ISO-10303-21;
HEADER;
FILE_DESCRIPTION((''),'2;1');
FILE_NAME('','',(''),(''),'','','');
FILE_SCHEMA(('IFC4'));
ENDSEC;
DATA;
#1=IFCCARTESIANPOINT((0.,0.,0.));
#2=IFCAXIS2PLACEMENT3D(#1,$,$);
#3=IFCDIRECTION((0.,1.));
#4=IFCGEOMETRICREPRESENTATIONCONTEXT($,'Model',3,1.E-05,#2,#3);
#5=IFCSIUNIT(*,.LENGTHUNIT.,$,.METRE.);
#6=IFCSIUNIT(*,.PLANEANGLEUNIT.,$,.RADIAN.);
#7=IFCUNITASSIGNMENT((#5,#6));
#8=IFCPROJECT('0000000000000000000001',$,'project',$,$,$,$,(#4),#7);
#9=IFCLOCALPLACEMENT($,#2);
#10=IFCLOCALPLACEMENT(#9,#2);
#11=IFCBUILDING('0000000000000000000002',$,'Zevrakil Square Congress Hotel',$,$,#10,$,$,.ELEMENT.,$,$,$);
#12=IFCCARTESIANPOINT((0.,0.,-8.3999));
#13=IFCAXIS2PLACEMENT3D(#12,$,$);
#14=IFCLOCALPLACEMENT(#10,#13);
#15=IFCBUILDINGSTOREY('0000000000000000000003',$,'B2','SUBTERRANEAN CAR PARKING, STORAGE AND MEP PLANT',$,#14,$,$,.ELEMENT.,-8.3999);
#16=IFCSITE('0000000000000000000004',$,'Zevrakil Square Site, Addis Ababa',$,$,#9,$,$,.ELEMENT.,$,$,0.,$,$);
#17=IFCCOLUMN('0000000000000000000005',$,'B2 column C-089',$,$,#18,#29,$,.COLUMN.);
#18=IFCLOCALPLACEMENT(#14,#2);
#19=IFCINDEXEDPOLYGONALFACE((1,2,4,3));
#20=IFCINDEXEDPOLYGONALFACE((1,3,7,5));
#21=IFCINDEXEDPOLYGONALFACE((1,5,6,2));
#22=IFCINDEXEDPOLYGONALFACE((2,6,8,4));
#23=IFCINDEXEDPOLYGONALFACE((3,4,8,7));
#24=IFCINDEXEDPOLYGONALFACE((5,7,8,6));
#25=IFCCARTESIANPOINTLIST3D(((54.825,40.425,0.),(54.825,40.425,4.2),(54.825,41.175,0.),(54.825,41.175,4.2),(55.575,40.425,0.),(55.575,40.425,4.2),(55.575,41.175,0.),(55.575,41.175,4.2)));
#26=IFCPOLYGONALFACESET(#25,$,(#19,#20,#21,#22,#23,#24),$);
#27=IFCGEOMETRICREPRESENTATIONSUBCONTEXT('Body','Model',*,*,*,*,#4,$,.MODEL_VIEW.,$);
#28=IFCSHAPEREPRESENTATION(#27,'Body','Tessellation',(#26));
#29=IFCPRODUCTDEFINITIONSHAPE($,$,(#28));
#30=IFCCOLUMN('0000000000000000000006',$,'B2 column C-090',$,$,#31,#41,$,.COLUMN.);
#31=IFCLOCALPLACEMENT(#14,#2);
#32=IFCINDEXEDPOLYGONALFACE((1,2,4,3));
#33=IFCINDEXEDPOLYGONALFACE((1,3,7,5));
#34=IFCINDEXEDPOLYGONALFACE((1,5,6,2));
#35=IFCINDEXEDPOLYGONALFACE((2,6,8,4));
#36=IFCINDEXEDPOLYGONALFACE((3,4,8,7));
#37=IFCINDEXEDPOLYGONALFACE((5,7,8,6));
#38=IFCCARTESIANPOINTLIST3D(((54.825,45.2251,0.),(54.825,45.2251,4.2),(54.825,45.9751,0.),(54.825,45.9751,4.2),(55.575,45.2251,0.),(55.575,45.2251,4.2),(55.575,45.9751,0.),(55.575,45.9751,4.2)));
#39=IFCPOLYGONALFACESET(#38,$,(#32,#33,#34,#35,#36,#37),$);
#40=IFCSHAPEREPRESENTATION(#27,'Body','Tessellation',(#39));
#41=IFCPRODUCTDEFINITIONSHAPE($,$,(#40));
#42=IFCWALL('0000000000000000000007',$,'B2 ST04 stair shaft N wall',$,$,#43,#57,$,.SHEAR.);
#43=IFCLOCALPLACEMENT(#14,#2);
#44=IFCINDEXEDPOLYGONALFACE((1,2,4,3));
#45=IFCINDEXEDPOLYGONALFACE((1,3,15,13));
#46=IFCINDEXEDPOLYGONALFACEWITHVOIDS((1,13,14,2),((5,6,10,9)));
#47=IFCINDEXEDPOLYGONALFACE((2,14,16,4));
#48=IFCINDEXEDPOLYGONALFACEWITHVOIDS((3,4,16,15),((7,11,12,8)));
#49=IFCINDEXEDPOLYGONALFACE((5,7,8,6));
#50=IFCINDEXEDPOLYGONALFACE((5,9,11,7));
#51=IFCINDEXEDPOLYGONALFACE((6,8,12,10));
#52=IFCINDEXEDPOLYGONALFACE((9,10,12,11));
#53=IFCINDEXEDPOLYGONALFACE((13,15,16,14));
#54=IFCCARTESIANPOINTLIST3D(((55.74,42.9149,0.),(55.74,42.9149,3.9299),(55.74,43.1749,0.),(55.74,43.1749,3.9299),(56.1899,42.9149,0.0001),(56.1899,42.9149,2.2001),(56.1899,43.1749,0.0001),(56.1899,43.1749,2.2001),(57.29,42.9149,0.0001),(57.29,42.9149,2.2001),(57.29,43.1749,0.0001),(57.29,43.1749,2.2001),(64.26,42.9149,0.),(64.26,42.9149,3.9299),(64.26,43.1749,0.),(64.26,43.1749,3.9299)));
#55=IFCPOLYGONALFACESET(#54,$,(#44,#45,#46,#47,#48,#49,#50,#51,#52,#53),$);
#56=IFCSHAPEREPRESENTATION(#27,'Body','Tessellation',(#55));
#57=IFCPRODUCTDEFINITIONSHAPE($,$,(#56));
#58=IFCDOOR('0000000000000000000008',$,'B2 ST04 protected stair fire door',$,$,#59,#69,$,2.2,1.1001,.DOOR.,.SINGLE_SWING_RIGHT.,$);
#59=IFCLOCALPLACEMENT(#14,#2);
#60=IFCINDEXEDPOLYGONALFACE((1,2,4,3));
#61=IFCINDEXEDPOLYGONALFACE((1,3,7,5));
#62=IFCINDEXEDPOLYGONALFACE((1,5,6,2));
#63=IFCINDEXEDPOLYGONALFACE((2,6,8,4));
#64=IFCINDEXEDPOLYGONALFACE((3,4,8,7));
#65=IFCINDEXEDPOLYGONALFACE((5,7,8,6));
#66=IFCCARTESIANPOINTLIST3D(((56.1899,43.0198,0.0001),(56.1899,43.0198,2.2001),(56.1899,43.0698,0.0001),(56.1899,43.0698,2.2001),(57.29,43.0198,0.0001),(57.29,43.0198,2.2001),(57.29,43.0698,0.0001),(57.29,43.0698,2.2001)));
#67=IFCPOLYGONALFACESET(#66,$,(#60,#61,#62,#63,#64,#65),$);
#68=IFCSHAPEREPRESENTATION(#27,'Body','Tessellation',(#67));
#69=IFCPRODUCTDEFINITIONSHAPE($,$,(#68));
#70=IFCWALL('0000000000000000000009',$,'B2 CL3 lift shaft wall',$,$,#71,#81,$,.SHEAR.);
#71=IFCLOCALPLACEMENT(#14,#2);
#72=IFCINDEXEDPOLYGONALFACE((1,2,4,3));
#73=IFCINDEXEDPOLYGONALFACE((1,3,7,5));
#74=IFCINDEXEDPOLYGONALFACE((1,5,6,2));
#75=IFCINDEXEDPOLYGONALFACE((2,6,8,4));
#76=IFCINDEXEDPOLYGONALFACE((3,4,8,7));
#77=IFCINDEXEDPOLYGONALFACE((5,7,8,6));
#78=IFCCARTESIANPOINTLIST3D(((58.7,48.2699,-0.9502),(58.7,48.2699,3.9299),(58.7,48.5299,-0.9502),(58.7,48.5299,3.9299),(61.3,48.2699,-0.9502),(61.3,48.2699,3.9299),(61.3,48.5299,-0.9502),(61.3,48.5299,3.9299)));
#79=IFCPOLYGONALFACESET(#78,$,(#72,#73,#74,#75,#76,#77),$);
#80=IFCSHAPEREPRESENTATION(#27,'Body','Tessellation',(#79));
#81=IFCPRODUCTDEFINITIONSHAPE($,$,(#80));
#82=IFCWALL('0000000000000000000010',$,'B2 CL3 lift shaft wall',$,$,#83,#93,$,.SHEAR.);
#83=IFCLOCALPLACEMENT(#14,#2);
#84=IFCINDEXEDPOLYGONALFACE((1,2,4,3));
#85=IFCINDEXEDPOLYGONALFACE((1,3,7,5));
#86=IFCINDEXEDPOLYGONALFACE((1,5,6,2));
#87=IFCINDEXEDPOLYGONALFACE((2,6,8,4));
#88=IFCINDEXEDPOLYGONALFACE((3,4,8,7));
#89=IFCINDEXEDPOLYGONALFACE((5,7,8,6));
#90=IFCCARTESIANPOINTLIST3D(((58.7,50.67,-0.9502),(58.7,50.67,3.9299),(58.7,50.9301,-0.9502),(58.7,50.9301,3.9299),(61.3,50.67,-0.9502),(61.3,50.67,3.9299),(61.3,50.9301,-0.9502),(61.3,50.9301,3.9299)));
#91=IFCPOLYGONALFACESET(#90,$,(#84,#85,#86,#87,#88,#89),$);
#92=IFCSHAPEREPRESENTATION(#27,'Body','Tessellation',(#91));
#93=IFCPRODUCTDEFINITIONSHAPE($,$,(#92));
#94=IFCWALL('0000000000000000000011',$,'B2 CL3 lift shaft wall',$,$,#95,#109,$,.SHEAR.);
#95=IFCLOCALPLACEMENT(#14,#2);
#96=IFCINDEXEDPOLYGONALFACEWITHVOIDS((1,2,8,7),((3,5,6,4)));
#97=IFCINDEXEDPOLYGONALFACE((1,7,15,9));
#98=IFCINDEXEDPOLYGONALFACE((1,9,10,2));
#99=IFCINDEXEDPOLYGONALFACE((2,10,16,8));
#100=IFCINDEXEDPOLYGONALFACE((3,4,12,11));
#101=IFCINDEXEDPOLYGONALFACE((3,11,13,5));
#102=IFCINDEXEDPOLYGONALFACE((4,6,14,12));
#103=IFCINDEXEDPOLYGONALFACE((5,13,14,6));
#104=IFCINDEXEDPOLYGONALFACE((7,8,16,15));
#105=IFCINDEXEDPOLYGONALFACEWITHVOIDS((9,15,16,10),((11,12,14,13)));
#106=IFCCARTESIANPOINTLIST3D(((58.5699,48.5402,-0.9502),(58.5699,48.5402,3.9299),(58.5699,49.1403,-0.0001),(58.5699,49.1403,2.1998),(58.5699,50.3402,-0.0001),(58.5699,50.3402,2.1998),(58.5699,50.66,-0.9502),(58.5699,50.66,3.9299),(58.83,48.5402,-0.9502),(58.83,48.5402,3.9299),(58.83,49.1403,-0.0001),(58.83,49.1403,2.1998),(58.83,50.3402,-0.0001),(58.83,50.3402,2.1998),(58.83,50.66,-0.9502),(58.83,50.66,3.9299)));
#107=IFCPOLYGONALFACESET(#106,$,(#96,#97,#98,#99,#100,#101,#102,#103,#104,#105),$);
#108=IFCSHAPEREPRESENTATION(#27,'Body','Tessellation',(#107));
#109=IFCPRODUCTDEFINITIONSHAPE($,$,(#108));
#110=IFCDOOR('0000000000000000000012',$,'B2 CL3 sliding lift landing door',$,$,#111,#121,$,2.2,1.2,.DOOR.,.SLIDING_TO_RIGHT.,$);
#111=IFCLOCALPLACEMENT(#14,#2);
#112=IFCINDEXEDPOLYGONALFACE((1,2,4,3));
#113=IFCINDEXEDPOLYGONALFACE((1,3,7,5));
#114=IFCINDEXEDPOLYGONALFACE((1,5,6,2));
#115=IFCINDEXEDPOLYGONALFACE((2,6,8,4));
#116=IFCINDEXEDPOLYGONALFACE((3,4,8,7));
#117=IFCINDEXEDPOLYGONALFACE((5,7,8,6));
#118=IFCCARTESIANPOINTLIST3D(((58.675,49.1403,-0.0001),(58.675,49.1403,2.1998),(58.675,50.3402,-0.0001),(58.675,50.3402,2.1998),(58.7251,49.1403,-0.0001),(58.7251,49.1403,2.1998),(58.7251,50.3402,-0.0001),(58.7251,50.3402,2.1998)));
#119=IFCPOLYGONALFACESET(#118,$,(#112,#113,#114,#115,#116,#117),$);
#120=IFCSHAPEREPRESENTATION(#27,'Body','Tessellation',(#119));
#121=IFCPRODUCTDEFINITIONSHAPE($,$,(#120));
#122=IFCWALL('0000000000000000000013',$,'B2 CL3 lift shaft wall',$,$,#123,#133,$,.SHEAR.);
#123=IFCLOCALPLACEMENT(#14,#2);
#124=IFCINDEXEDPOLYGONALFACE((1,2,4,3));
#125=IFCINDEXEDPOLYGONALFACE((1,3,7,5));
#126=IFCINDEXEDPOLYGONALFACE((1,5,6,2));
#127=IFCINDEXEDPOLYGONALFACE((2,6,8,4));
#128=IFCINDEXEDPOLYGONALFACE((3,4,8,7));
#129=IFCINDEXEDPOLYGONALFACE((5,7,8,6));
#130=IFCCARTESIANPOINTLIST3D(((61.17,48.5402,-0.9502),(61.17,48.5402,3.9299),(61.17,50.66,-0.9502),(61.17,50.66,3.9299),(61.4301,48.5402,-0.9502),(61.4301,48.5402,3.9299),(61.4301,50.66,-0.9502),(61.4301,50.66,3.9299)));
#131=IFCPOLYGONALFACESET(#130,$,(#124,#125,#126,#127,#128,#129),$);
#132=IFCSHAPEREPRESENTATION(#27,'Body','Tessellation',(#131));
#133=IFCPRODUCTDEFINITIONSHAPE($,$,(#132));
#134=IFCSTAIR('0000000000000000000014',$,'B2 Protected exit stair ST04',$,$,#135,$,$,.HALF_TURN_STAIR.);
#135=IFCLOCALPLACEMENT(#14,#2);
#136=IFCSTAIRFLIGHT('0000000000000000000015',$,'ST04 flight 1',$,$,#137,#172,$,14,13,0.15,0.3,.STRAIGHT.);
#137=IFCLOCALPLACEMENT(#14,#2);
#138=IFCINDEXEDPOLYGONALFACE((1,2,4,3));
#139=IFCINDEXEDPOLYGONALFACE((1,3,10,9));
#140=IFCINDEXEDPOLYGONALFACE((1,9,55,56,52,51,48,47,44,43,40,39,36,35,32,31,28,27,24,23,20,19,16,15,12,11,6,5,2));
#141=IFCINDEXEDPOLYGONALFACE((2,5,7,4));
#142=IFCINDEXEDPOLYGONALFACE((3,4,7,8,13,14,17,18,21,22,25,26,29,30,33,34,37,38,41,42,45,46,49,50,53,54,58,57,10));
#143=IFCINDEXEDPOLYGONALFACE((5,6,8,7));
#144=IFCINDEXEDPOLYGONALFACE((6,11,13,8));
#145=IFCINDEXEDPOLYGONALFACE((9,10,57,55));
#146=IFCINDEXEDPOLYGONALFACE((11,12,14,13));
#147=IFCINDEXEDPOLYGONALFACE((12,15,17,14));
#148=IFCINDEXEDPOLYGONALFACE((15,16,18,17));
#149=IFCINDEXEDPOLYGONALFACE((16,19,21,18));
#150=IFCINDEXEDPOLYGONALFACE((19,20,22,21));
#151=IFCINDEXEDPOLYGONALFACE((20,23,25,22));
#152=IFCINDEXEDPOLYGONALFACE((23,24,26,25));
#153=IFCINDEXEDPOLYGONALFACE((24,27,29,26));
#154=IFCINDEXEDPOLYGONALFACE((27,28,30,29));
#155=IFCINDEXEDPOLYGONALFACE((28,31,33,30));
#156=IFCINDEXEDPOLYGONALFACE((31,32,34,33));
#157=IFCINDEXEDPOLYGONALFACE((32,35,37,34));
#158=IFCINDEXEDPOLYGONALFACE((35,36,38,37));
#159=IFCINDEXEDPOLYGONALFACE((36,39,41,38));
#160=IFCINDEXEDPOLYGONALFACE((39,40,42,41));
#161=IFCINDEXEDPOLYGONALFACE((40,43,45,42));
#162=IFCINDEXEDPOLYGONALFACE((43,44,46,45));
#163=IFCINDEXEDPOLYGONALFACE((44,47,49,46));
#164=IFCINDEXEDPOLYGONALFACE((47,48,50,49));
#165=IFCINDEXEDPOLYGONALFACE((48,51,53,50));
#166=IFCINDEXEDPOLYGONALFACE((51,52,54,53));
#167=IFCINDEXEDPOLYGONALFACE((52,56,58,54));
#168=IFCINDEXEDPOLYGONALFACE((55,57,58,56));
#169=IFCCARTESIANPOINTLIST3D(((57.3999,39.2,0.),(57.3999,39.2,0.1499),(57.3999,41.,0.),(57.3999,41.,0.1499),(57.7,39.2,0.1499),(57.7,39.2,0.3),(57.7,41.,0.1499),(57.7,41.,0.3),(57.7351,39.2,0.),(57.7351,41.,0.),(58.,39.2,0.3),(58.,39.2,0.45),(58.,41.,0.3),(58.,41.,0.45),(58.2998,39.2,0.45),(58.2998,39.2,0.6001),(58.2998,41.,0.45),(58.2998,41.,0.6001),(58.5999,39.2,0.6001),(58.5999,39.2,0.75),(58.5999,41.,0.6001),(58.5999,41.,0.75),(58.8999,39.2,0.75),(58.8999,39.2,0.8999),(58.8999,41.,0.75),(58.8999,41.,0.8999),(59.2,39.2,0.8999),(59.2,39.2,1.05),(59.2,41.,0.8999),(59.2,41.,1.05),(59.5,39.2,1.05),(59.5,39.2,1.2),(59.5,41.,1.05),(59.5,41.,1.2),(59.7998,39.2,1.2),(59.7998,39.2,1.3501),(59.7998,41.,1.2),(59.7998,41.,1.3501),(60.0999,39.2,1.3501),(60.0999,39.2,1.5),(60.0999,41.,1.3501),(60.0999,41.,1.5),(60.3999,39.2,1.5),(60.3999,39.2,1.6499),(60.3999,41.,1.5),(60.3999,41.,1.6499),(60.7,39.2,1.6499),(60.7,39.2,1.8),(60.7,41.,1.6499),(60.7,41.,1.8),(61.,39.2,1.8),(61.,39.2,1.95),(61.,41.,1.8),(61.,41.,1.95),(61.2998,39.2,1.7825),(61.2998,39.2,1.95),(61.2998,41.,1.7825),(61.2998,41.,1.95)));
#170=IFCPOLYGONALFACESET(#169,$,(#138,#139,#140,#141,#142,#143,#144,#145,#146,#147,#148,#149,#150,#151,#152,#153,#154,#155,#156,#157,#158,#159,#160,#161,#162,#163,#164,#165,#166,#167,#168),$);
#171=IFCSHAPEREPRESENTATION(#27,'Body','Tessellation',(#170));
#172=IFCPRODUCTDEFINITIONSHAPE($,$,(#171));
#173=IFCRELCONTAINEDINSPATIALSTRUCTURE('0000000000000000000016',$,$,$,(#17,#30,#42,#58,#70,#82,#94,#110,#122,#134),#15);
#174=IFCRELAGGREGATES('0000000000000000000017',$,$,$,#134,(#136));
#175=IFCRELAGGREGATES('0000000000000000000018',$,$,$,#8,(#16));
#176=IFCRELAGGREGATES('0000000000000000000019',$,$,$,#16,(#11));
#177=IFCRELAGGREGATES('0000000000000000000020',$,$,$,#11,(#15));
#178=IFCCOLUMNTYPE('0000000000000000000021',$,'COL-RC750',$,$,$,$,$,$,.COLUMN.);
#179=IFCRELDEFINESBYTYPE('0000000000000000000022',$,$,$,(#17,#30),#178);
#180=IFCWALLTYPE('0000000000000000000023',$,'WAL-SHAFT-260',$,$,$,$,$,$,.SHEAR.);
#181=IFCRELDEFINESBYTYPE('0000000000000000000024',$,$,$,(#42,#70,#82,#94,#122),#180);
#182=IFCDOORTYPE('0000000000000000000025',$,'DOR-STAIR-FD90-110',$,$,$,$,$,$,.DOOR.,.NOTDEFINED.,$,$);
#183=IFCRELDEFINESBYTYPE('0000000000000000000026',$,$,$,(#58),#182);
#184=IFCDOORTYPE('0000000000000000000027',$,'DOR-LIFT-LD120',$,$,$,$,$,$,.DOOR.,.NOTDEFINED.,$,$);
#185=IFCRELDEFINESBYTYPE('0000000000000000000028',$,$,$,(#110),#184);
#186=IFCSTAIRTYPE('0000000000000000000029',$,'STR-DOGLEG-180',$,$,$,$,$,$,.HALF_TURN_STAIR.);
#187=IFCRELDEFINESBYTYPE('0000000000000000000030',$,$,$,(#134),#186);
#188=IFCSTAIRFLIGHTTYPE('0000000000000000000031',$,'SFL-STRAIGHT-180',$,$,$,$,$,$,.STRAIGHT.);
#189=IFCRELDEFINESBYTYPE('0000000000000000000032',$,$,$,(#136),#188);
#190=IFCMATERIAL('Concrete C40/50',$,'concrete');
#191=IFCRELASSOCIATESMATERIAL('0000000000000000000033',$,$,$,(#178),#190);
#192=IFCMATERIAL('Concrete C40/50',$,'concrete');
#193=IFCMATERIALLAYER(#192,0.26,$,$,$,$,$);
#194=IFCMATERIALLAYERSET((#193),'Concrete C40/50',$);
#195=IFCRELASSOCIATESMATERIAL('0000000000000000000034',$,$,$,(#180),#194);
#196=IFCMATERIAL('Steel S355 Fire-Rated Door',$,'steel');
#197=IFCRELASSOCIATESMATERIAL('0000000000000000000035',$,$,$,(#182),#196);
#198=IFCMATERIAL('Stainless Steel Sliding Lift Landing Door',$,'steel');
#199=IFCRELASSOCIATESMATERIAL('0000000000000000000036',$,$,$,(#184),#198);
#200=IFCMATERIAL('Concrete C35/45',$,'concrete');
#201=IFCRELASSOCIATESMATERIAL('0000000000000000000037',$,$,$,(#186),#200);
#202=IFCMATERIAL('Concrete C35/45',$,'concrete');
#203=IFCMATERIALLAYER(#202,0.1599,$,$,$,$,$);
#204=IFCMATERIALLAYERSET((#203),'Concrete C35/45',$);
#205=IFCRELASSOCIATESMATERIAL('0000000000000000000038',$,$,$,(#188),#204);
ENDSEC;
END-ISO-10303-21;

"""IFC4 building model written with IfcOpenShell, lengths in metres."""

from ifc_helpers import new_model, si_unit, direction, frame, frame_2d, origin, origin_2d, place, context, subcontext, project, spatial, polyline, rectangle, outline, extrude, material, layer, layer_set, material_profile, profile_set, type_object, element, fill, aggregate, save


model = new_model("IFC4")

# Units and contexts
model_context = context("Model", 3, precision=1e-05, world=origin(), true_north=direction((0.0, 1.0)))
body_context = subcontext(model_context, "Body", "Model", "MODEL_VIEW")
ifc_project = project(units=[si_unit("LENGTHUNIT", "METRE"), si_unit("PLANEANGLEUNIT", "RADIAN")], contexts=[model_context])

# Site, building, storey
site_placement = place(None, origin())
site = spatial("IfcSite", under=ifc_project, at=site_placement, Name="Zevrakil Square Site, Addis Ababa", CompositionType="ELEMENT", RefElevation=0.0)
building_placement = place(site_placement, origin())
building = spatial("IfcBuilding", under=site, at=building_placement, Name="Zevrakil Square Congress Hotel", CompositionType="ELEMENT")
storey_placement = place(building_placement, frame((0.0, 0.0, -8.3999)))
storey = spatial("IfcBuildingStorey", under=building, at=storey_placement, Name="B2", Description="SUBTERRANEAN CAR PARKING, STORAGE AND MEP PLANT", CompositionType="ELEMENT", Elevation=-8.3999)

# Columns
ifc_material_1 = material(Name="Concrete C40/50", Category="concrete")
ifc_material_profile_1 = material_profile(ifc_material_1, rectangle(XDim=0.75, YDim=0.75, at=origin_2d()), Name="RC 750x750")
ifc_profile_set_1 = profile_set([ifc_material_profile_1], Name="Concrete C40/50")
column_type = type_object("IfcColumnType", Name="COL-RC750", PredefinedType="COLUMN", material=ifc_profile_set_1)
for number, where, z_axis, x_axis, name in (
    (1, (55.2, 40.8, 0.0), (0.0, 0.0, 1.0), (1.0, 0.0, 0.0), "B2 column C-089"),
    (2, (55.2, 45.6001, 0.0), (0.0, 0.0, 1.0), (1.0, 0.0, 0.0), "B2 column C-090"),
):
    element("IfcColumn", number, at=place(storey_placement, frame(where, z_axis=z_axis, x_axis=x_axis)), inside=storey, type_object=column_type, Name=name, PredefinedType="COLUMN", context=body_context, shape_type="SweptSolid", body=[
        extrude(rectangle(XDim=0.75, YDim=0.75, at=origin_2d()), origin(), (0.0, 0.0, 1.0), 4.2),
    ])

# Wall, opening, door
ifc_material_2 = material(Name="Concrete C40/50", Category="concrete")
ifc_layer_1 = layer(ifc_material_2, 0.26)
ifc_layer_set_1 = layer_set([ifc_layer_1], Name="Concrete C40/50")
wall_type = type_object("IfcWallType", Name="WAL-SHAFT-260", PredefinedType="SHEAR", material=ifc_layer_set_1)
wall_1_placement = place(storey_placement, frame((55.74, 43.0449, 0.0), z_axis=(0.0, 0.0, 1.0), x_axis=(1.0, 0.0, 0.0)))
wall_1 = element("IfcWall", 3, at=wall_1_placement, inside=storey, type_object=wall_type, Name="B2 ST04 stair shaft N wall", PredefinedType="SHEAR", context=body_context, shape_type="SweptSolid", body=[
    extrude(rectangle(XDim=8.52, YDim=0.26, at=frame_2d((4.26, 0.0))), origin(), (0.0, 0.0, 1.0), 3.9299),
])
opening_1_placement = place(wall_1_placement, frame((0.45, 0.0, 0.0)))
opening_1 = element("IfcOpeningElement", 4, at=opening_1_placement, cuts=wall_1, PredefinedType="OPENING", context=body_context, shape_type="SweptSolid", body=[
    extrude(rectangle(XDim=1.1001, YDim=2.2, at=frame_2d((0.55, 1.1001))), frame((0.0, 0.1401, 0.0), z_axis=(0.0, -1.0, 0.0), x_axis=(1.0, 0.0, 0.0)), (0.0, 0.0, 1.0), 0.28),
])
ifc_material_3 = material(Name="Steel S355 Fire-Rated Door", Category="steel")
door_type_1 = type_object("IfcDoorType", Name="DOR-STAIR-FD90-110", OperationType="NOTDEFINED", PredefinedType="DOOR", material=ifc_material_3)
door_1_placement = place(opening_1_placement, origin())
door_1 = element("IfcDoor", 5, at=door_1_placement, inside=storey, type_object=door_type_1, Name="B2 ST04 protected stair fire door", OperationType="SINGLE_SWING_RIGHT", OverallHeight=2.2, OverallWidth=1.1001, PredefinedType="DOOR", context=body_context, shape_type="SweptSolid", body=[
    extrude(rectangle(XDim=1.1001, YDim=2.2, at=frame_2d((0.55, 1.1001))), frame((0.0, 0.0249, 0.0), z_axis=(0.0, -1.0, 0.0), x_axis=(1.0, 0.0, 0.0)), (0.0, 0.0, 1.0), 0.05),
])
fill(opening_1, door_1)

# Walls
for number, where, z_axis, x_axis, name in (
    (6, (58.7, 48.3999, -0.9502), (0.0, 0.0, 1.0), (1.0, 0.0, 0.0), "B2 CL3 lift shaft wall"),
    (7, (58.7, 50.8, -0.9502), (0.0, 0.0, 1.0), (1.0, 0.0, 0.0), "B2 CL3 lift shaft wall"),
):
    element("IfcWall", number, at=place(storey_placement, frame(where, z_axis=z_axis, x_axis=x_axis)), inside=storey, type_object=wall_type, Name=name, PredefinedType="SHEAR", context=body_context, shape_type="SweptSolid", body=[
        extrude(rectangle(XDim=2.6001, YDim=0.26, at=frame_2d((1.3, 0.0))), origin(), (0.0, 0.0, 1.0), 4.8801),
    ])

# Wall, opening, door
wall_2_placement = place(storey_placement, frame((58.7, 48.54, -0.9502), z_axis=(0.0, 0.0, 1.0), x_axis=(0.0, 1.0, 0.0)))
wall_2 = element("IfcWall", 8, at=wall_2_placement, inside=storey, type_object=wall_type, Name="B2 CL3 lift shaft wall", PredefinedType="SHEAR", context=body_context, shape_type="SweptSolid", body=[
    extrude(rectangle(XDim=2.1199, YDim=0.26, at=frame_2d((1.0601, 0.0))), origin(), (0.0, 0.0, 1.0), 4.8801),
])
opening_2_placement = place(wall_2_placement, frame((0.6001, 0.0, 0.95)))
opening_2 = element("IfcOpeningElement", 9, at=opening_2_placement, cuts=wall_2, PredefinedType="OPENING", context=body_context, shape_type="SweptSolid", body=[
    extrude(rectangle(XDim=1.2, YDim=2.2, at=frame_2d((0.6001, 1.1001))), frame((0.0, 0.1401, 0.0), z_axis=(0.0, -1.0, 0.0), x_axis=(1.0, 0.0, 0.0)), (0.0, 0.0, 1.0), 0.28),
])
ifc_material_4 = material(Name="Stainless Steel Sliding Lift Landing Door", Category="steel")
door_type_2 = type_object("IfcDoorType", Name="DOR-LIFT-LD120", OperationType="NOTDEFINED", PredefinedType="DOOR", material=ifc_material_4)
door_2_placement = place(opening_2_placement, origin())
door_2 = element("IfcDoor", 10, at=door_2_placement, inside=storey, type_object=door_type_2, Name="B2 CL3 sliding lift landing door", OperationType="SLIDING_TO_RIGHT", OverallHeight=2.2, OverallWidth=1.2, PredefinedType="DOOR", context=body_context, shape_type="SweptSolid", body=[
    extrude(rectangle(XDim=1.2, YDim=2.2, at=frame_2d((0.6001, 1.1001))), frame((0.0, 0.0249, 0.0), z_axis=(0.0, -1.0, 0.0), x_axis=(1.0, 0.0, 0.0)), (0.0, 0.0, 1.0), 0.05),
])
fill(opening_2, door_2)

# Wall
wall_3_placement = place(storey_placement, frame((61.3, 48.54, -0.9502), z_axis=(0.0, 0.0, 1.0), x_axis=(0.0, 1.0, 0.0)))
element("IfcWall", 11, at=wall_3_placement, inside=storey, type_object=wall_type, Name="B2 CL3 lift shaft wall", PredefinedType="SHEAR", context=body_context, shape_type="SweptSolid", body=[
    extrude(rectangle(XDim=2.1199, YDim=0.26, at=frame_2d((1.0601, 0.0))), origin(), (0.0, 0.0, 1.0), 4.8801),
])

# Stair, stair flight
ifc_material_5 = material(Name="Concrete C35/45", Category="concrete")
stair_type = type_object("IfcStairType", Name="STR-DOGLEG-180", PredefinedType="HALF_TURN_STAIR", material=ifc_material_5)
stair_placement = place(storey_placement, origin())
stair = element("IfcStair", 12, at=stair_placement, inside=storey, type_object=stair_type, Name="B2 Protected exit stair ST04", PredefinedType="HALF_TURN_STAIR")
ifc_material_6 = material(Name="Concrete C35/45", Category="concrete")
ifc_layer_2 = layer(ifc_material_6, 0.1599)
ifc_layer_set_2 = layer_set([ifc_layer_2], Name="Concrete C35/45")
stair_flight_type = type_object("IfcStairFlightType", Name="SFL-STRAIGHT-180", PredefinedType="STRAIGHT", material=ifc_layer_set_2)
stair_flight_1_placement = place(storey_placement, frame((57.3999, 40.1001, 0.0), z_axis=(0.0, 0.0, 1.0), x_axis=(1.0, 0.0, 0.0)))
stair_flight_1 = element("IfcStairFlight", 13, at=stair_flight_1_placement, type_object=stair_flight_type, Name="ST04 flight 1", NumberOfRisers=14, NumberOfTreads=13, PredefinedType="STRAIGHT", RiserHeight=0.15, TreadLength=0.3, context=body_context, shape_type="SweptSolid", body=[
    extrude(outline(polyline([(0.0, 0.0), (0.0, 0.1499), (0.3, 0.1499), (0.3, 0.3), (0.6001, 0.3), (0.6001, 0.45), (0.8999, 0.45), (0.8999, 0.6001), (1.2, 0.6001), (1.2, 0.75), (1.5, 0.75), (1.5, 0.8999), (1.8, 0.8999), (1.8, 1.05), (2.1001, 1.05), (2.1001, 1.2), (2.3999, 1.2), (2.3999, 1.3501), (2.7, 1.3501), (2.7, 1.5), (3.0, 1.5), (3.0, 1.6499), (3.3, 1.6499), (3.3, 1.8), (3.6001, 1.8), (3.6001, 1.95), (3.8999, 1.95), (3.8999, 2.1001), (3.8999, 1.7825), (0.3352, 0.0), (0.0, 0.0)])), frame((0.0, 0.8999, 0.0), z_axis=(0.0, -1.0, 0.0), x_axis=(1.0, 0.0, 0.0)), (0.0, 0.0, 1.0), 1.8),
])
aggregate(stair, [stair_flight_1])

save(model, "model.ifc")
